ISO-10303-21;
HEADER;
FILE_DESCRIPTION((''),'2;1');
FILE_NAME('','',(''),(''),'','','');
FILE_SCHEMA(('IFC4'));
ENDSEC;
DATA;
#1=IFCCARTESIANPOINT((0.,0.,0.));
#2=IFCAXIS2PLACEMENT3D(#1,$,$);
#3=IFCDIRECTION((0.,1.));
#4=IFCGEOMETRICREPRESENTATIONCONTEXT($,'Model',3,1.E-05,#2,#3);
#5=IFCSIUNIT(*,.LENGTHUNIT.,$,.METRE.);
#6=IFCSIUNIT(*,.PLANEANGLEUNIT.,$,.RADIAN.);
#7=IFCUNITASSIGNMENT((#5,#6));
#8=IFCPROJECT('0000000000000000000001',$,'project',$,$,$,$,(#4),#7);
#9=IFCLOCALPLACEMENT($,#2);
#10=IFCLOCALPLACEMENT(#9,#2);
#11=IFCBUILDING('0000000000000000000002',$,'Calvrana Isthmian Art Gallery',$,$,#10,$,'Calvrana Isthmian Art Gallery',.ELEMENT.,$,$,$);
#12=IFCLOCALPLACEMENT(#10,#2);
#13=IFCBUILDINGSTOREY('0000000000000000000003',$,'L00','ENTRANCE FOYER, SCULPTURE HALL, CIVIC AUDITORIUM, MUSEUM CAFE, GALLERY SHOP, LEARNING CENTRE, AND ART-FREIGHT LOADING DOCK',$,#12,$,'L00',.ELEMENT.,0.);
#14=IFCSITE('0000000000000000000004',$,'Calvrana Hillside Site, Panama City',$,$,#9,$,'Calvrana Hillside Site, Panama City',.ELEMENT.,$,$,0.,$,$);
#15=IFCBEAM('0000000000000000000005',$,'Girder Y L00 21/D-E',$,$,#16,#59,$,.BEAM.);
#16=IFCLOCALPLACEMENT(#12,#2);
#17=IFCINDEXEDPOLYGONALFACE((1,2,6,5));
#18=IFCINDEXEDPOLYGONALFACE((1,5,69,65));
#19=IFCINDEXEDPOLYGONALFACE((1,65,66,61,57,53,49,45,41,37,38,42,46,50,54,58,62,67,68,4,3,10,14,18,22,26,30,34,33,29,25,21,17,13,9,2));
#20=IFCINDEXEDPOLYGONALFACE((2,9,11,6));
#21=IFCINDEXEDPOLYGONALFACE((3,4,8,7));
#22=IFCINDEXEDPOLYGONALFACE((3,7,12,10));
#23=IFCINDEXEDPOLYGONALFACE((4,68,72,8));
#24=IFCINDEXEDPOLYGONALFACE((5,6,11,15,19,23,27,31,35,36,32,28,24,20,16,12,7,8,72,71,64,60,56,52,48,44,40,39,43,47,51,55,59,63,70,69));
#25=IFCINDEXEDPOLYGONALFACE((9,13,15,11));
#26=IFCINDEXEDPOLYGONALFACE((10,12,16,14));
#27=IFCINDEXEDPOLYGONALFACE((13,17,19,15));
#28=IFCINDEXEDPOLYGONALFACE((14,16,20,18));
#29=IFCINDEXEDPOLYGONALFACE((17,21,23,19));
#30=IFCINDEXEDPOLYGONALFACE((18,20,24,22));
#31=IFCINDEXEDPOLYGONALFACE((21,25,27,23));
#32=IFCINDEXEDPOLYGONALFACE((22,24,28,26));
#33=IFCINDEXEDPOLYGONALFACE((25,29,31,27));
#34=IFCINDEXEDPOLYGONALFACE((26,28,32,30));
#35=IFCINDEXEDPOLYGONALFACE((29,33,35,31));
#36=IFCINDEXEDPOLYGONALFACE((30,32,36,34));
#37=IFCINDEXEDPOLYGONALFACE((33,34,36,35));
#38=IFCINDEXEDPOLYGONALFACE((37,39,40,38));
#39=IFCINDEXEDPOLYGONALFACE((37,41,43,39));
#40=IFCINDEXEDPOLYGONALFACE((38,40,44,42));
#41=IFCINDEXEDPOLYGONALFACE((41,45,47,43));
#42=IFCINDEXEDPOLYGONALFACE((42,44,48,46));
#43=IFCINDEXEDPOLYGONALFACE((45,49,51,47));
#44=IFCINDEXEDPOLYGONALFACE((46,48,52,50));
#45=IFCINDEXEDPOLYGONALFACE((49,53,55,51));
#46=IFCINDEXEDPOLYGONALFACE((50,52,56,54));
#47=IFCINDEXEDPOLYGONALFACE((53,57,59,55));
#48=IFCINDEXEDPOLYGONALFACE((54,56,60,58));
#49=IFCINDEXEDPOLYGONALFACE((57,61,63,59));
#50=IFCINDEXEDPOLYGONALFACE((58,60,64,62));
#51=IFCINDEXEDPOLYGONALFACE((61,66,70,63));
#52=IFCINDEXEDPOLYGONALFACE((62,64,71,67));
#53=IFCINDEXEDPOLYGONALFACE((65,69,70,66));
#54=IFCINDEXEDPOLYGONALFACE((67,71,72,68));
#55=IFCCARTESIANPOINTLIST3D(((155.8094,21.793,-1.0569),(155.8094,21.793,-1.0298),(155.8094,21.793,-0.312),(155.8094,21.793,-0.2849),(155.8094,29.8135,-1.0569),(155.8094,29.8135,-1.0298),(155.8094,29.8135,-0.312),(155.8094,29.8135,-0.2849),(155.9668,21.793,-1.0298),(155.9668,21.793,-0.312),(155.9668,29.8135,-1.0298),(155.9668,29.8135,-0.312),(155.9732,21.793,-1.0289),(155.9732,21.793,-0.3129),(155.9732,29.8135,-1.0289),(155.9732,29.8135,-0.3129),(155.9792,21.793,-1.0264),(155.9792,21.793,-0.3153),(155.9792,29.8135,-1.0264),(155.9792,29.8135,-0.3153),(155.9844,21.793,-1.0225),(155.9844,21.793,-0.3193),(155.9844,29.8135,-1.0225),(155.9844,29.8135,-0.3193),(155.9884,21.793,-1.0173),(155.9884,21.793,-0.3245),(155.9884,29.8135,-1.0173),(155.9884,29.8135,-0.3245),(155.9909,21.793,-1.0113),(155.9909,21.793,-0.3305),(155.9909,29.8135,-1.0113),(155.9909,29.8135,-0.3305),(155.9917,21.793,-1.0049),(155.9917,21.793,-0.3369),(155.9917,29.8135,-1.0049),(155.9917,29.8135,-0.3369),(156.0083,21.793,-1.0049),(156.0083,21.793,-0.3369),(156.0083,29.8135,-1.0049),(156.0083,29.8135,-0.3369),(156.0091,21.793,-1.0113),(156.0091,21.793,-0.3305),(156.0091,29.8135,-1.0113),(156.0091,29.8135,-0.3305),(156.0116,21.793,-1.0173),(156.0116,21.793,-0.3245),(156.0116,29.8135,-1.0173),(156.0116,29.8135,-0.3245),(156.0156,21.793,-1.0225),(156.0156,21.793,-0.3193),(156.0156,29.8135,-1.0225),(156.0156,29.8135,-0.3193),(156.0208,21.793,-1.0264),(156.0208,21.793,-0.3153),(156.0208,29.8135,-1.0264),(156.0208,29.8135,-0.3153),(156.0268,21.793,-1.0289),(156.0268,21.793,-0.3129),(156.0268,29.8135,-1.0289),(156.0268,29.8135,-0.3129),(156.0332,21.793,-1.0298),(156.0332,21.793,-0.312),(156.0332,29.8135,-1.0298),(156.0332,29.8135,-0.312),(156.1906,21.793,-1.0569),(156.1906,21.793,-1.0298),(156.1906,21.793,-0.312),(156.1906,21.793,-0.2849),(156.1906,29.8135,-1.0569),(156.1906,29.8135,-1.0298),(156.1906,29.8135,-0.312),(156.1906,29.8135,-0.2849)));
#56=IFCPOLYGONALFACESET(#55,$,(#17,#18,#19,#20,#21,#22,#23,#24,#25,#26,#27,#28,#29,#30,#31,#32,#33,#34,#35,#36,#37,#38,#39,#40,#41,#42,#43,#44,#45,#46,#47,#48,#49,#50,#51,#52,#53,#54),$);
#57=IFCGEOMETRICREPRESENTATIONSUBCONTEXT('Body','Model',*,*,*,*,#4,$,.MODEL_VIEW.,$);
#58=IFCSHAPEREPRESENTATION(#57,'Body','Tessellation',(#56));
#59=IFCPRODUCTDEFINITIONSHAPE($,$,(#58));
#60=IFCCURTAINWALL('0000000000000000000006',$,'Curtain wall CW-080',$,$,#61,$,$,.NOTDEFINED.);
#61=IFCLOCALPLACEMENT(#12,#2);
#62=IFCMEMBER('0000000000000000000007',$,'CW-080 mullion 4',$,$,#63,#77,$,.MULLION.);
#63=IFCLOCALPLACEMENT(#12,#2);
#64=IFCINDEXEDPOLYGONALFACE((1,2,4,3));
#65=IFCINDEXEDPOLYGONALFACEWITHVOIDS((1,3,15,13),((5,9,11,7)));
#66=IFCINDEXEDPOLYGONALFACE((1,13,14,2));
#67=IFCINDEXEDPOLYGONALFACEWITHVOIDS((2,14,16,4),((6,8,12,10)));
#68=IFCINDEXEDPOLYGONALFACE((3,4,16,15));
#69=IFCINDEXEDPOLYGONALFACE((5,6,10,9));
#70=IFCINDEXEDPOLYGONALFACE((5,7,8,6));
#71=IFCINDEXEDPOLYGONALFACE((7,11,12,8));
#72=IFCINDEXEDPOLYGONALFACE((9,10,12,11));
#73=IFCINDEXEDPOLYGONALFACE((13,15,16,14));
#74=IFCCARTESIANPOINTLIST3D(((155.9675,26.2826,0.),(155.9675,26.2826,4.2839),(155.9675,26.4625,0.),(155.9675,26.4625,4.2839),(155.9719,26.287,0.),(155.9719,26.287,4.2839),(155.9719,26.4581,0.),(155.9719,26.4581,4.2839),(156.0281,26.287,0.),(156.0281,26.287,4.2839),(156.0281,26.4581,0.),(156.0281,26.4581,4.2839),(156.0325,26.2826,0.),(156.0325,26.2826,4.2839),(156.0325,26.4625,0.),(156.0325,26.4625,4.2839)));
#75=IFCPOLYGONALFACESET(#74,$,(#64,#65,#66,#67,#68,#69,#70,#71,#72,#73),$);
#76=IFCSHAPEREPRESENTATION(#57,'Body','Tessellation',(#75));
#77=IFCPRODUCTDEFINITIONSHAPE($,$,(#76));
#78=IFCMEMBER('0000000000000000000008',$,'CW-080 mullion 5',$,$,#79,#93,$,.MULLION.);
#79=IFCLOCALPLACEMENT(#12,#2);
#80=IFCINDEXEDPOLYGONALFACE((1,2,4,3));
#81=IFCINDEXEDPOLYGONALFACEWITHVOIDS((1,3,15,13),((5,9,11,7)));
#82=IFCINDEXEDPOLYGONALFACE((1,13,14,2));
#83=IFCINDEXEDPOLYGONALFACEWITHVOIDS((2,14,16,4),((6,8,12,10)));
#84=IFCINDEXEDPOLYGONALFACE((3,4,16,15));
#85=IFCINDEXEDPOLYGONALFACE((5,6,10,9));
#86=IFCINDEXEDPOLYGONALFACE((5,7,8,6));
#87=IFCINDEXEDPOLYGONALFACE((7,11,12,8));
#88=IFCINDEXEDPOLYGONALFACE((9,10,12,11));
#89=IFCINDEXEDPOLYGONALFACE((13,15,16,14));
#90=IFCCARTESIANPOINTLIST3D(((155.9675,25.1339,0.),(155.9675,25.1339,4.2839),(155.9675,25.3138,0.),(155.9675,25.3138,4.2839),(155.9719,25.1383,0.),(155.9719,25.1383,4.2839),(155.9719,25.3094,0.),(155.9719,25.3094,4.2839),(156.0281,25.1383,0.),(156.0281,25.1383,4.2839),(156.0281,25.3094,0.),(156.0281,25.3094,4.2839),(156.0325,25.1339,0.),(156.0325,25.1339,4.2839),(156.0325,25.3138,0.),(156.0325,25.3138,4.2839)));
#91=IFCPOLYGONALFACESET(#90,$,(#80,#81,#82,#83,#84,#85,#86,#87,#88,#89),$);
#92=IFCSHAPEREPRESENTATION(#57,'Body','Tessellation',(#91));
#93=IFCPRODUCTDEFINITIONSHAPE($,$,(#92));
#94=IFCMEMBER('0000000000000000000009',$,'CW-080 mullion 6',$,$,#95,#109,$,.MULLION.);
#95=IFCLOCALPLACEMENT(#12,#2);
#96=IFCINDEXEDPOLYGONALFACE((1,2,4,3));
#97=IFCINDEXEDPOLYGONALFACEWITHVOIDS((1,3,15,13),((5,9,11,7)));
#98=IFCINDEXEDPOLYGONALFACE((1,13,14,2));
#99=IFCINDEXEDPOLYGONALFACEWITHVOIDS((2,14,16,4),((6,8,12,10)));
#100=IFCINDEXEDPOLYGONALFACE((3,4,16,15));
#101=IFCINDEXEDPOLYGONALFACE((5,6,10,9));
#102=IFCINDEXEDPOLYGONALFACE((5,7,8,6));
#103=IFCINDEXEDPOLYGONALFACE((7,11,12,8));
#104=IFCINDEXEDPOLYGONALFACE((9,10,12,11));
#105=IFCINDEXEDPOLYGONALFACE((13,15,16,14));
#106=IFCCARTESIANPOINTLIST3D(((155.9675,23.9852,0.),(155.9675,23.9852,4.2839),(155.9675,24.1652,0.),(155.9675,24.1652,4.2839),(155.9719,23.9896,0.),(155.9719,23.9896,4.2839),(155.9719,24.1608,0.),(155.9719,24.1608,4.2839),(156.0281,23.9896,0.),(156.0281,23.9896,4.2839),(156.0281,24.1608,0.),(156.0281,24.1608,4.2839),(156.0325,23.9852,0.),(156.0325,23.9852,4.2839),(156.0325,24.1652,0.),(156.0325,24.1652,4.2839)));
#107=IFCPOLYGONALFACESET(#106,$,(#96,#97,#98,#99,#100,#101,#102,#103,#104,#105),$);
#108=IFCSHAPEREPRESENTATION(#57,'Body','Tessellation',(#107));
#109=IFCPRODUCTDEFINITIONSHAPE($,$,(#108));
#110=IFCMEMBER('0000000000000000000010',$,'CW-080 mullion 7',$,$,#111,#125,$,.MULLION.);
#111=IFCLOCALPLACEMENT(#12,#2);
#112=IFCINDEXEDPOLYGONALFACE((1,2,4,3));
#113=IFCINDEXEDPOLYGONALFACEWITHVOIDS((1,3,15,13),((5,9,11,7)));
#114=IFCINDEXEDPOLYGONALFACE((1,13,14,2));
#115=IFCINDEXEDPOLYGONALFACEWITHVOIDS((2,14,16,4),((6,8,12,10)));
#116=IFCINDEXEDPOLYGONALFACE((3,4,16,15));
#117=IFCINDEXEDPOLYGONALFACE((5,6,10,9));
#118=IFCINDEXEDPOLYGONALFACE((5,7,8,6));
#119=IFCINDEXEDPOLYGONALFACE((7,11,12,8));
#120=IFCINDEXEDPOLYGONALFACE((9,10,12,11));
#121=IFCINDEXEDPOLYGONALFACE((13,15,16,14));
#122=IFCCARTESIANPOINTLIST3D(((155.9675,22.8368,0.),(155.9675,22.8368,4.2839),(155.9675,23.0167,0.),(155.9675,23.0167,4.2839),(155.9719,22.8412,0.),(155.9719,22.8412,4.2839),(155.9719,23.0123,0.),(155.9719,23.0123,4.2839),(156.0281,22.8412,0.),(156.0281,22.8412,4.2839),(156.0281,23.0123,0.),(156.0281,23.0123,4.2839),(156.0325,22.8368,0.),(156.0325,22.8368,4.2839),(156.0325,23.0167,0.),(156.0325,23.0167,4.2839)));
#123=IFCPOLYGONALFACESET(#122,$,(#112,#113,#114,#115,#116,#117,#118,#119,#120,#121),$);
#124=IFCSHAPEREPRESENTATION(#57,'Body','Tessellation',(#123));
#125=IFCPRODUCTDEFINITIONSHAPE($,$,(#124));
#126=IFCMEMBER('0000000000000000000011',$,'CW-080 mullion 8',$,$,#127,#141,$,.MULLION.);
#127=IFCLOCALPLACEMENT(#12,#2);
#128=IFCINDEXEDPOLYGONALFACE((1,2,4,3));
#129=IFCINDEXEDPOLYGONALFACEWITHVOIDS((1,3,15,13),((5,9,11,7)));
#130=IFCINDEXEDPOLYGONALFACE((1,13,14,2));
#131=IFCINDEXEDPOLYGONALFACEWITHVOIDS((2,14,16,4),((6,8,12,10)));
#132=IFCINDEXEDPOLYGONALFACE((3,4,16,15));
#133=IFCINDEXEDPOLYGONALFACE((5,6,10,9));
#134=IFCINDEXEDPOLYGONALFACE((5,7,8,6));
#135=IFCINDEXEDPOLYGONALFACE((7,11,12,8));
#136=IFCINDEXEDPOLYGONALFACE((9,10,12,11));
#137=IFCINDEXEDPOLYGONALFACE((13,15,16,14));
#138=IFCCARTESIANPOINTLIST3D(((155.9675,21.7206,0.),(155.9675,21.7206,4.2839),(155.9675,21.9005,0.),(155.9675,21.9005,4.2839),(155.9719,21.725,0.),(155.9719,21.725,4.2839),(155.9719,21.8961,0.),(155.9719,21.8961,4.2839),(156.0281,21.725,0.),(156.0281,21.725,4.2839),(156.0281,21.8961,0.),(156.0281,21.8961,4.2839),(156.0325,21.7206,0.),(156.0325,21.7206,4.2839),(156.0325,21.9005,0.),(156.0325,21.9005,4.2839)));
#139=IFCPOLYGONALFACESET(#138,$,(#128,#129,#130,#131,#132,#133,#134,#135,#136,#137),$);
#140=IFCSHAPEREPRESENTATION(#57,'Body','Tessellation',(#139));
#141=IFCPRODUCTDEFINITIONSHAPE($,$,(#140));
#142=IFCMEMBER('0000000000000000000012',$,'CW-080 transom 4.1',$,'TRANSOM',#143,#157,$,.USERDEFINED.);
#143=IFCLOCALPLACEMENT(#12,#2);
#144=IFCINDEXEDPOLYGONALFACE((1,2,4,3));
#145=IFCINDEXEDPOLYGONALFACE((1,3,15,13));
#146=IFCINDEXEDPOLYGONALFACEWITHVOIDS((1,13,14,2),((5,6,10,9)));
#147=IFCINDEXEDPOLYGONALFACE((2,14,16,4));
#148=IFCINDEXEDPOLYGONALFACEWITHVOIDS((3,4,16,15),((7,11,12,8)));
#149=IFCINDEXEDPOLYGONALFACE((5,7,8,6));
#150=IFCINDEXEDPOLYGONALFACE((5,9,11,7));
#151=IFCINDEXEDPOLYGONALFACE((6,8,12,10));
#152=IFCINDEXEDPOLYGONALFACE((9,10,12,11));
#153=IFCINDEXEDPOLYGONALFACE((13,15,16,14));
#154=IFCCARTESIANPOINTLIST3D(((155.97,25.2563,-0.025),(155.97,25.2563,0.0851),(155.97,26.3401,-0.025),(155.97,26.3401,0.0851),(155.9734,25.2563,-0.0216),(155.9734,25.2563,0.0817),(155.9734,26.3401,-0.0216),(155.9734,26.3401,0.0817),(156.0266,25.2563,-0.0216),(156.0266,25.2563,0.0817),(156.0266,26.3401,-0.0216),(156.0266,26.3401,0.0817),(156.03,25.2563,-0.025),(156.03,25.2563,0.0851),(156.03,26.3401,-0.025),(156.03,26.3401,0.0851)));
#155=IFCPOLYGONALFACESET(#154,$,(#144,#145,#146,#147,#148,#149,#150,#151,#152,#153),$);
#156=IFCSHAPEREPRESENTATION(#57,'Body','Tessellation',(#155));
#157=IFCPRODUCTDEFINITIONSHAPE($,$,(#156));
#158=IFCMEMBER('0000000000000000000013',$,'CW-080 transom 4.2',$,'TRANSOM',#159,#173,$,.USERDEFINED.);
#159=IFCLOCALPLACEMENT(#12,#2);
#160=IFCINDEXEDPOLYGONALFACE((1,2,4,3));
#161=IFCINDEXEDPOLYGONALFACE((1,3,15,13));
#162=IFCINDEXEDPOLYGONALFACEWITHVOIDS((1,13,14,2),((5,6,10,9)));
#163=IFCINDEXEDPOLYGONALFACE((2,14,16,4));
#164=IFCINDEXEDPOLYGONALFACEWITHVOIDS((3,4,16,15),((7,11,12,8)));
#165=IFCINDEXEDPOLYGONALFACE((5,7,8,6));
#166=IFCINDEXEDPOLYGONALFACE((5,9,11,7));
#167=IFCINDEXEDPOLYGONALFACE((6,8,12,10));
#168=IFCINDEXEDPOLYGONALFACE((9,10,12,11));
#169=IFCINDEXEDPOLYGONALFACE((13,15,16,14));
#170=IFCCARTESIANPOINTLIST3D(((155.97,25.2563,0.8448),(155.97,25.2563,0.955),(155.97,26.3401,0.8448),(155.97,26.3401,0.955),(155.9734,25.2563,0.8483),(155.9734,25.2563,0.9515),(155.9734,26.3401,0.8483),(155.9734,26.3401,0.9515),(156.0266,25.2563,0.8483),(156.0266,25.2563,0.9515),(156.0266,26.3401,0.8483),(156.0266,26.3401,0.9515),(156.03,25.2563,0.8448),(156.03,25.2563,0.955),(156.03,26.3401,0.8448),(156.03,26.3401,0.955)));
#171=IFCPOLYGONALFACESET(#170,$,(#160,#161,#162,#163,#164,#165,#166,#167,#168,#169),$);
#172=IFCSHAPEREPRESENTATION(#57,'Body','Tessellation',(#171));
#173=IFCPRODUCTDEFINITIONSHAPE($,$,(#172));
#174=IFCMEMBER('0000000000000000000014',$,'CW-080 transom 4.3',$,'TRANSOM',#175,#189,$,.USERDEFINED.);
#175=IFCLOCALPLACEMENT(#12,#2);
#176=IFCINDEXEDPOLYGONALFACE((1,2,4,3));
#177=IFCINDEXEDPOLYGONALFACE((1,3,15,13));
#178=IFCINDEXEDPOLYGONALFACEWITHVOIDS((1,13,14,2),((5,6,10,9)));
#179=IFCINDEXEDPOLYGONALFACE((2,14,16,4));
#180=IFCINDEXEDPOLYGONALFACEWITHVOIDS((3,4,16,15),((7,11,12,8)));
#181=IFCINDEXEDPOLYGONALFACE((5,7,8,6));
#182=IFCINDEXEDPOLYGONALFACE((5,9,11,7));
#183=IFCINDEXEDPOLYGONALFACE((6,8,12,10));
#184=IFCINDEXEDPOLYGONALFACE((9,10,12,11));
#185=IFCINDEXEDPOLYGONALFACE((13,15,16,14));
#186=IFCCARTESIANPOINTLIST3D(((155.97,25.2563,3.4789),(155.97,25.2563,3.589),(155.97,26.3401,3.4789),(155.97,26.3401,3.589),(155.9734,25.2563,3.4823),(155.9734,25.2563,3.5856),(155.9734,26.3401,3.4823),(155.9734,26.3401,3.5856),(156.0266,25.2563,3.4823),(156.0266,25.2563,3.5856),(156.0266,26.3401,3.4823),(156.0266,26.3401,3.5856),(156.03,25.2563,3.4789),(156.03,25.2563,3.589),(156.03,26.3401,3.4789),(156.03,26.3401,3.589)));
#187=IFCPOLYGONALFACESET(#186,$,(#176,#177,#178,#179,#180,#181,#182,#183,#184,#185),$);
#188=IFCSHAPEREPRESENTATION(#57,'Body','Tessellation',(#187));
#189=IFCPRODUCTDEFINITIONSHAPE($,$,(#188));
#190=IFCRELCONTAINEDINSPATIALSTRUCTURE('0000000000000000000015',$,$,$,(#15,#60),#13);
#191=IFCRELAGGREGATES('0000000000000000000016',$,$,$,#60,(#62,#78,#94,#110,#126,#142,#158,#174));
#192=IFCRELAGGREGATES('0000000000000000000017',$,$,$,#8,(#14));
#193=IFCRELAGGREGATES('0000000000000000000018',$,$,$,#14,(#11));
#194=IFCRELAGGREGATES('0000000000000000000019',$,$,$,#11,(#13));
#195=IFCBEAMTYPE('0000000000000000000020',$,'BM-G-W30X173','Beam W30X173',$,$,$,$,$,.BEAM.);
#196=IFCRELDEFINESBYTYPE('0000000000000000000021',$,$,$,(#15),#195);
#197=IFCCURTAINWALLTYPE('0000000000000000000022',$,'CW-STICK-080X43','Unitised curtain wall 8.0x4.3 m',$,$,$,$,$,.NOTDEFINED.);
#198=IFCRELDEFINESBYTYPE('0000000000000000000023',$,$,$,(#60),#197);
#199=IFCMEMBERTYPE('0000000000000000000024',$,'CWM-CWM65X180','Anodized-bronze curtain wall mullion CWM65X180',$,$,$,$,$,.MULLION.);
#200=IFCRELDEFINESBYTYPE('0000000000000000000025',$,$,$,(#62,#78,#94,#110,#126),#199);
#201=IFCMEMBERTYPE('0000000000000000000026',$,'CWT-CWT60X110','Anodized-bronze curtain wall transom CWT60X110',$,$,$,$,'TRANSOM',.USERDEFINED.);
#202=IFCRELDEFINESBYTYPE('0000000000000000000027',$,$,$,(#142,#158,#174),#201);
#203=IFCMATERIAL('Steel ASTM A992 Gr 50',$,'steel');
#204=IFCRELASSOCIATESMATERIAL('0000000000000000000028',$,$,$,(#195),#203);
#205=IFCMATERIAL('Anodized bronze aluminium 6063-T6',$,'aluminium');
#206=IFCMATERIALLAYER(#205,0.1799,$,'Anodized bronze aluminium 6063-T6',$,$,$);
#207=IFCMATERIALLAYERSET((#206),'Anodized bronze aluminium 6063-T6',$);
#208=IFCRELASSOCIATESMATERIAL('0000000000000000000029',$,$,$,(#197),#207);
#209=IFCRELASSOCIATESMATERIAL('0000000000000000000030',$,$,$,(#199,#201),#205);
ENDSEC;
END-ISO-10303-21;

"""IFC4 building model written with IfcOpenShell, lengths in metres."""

from ifc_helpers import new_model, si_unit, direction, frame, origin, origin_2d, place, context, subcontext, project, spatial, hollow_rectangle, i_section, extrude, material, layer, layer_set, material_profile, profile_set, type_object, element, aggregate, save


model = new_model("IFC4")

# Units and contexts
model_context = context("Model", 3, precision=1e-05, world=origin(), true_north=direction((0.0, 1.0)))
body_context = subcontext(model_context, "Body", "Model", "MODEL_VIEW")
ifc_project = project(units=[si_unit("LENGTHUNIT", "METRE"), si_unit("PLANEANGLEUNIT", "RADIAN")], contexts=[model_context])

# Site, building, storey
site_placement = place(None, origin())
site = spatial("IfcSite", under=ifc_project, at=site_placement, Name="Calvrana Hillside Site, Panama City", LongName="Calvrana Hillside Site, Panama City", CompositionType="ELEMENT", RefElevation=0.0)
building_placement = place(site_placement, origin())
building = spatial("IfcBuilding", under=site, at=building_placement, Name="Calvrana Isthmian Art Gallery", LongName="Calvrana Isthmian Art Gallery", CompositionType="ELEMENT")
storey_placement = place(building_placement, origin())
storey = spatial("IfcBuildingStorey", under=building, at=storey_placement, Name="L00", Description="ENTRANCE FOYER, SCULPTURE HALL, CIVIC AUDITORIUM, MUSEUM CAFE, GALLERY SHOP, LEARNING CENTRE, AND ART-FREIGHT LOADING DOCK", LongName="L00", CompositionType="ELEMENT", Elevation=0.0)

# Beam
ifc_material_1 = material(Name="Steel ASTM A992 Gr 50", Category="steel")
ifc_material_profile_1 = material_profile(ifc_material_1, i_section(OverallWidth=0.3811, OverallDepth=0.772, WebThickness=0.0166, FlangeThickness=0.0271, FilletRadius=0.0249, at=origin_2d()), Name="W30X173")
ifc_profile_set_1 = profile_set([ifc_material_profile_1], Name="Steel ASTM A992 Gr 50")
beam_type = type_object("IfcBeamType", Name="BM-G-W30X173", Description="Beam W30X173", PredefinedType="BEAM", material=ifc_profile_set_1)
beam_placement = place(storey_placement, frame((156.0, 21.793, -0.6709), z_axis=(0.0, 1.0, 0.0), x_axis=(-1.0, 0.0, 0.0)))
element("IfcBeam", 1, at=beam_placement, inside=storey, type_object=beam_type, Name="Girder Y L00 21/D-E", PredefinedType="BEAM", context=body_context, shape_type="SweptSolid", body=[
    extrude(i_section(OverallWidth=0.3811, OverallDepth=0.772, WebThickness=0.0166, FlangeThickness=0.0271, FilletRadius=0.0249, at=origin_2d()), origin(), (0.0, 0.0, 1.0), 8.0205),
])

# Curtain wall, members
ifc_material_2 = material(Name="Anodized bronze aluminium 6063-T6", Category="aluminium")
ifc_layer_1 = layer(ifc_material_2, 0.1799, Name="Anodized bronze aluminium 6063-T6")
ifc_layer_set_1 = layer_set([ifc_layer_1], Name="Anodized bronze aluminium 6063-T6")
curtain_wall_type = type_object("IfcCurtainWallType", Name="CW-STICK-080X43", Description="Unitised curtain wall 8.0x4.3 m", PredefinedType="NOTDEFINED", material=ifc_layer_set_1)
curtain_wall_placement = place(storey_placement, origin())
curtain_wall = element("IfcCurtainWall", 2, at=curtain_wall_placement, inside=storey, type_object=curtain_wall_type, Name="Curtain wall CW-080", PredefinedType="NOTDEFINED")
ifc_material_profile_2 = material_profile(ifc_material_2, hollow_rectangle(XDim=0.0649, YDim=0.1799, WallThickness=0.0044, at=origin_2d()), Name="CWM65X180")
ifc_profile_set_2 = profile_set([ifc_material_profile_2], Name="Anodized bronze aluminium 6063-T6")
member_type_1 = type_object("IfcMemberType", Name="CWM-CWM65X180", Description="Anodized-bronze curtain wall mullion CWM65X180", PredefinedType="MULLION", material=ifc_profile_set_2)
member_1_placement = place(storey_placement, frame((156.0, 26.3726, 0.0), z_axis=(0.0, 0.0, 1.0), x_axis=(1.0, 0.0, 0.0)))
member_1 = element("IfcMember", 3, at=member_1_placement, type_object=member_type_1, Name="CW-080 mullion 4", PredefinedType="MULLION", context=body_context, shape_type="SweptSolid", body=[
    extrude(hollow_rectangle(XDim=0.0649, YDim=0.1799, WallThickness=0.0044, at=origin_2d()), origin(), (0.0, 0.0, 1.0), 4.2839),
])
member_2_placement = place(storey_placement, frame((156.0, 25.2239, 0.0), z_axis=(0.0, 0.0, 1.0), x_axis=(1.0, 0.0, 0.0)))
member_2 = element("IfcMember", 4, at=member_2_placement, type_object=member_type_1, Name="CW-080 mullion 5", PredefinedType="MULLION", context=body_context, shape_type="SweptSolid", body=[
    extrude(hollow_rectangle(XDim=0.0649, YDim=0.1799, WallThickness=0.0044, at=origin_2d()), origin(), (0.0, 0.0, 1.0), 4.2839),
])
member_3_placement = place(storey_placement, frame((156.0, 24.0752, 0.0), z_axis=(0.0, 0.0, 1.0), x_axis=(1.0, 0.0, 0.0)))
member_3 = element("IfcMember", 5, at=member_3_placement, type_object=member_type_1, Name="CW-080 mullion 6", PredefinedType="MULLION", context=body_context, shape_type="SweptSolid", body=[
    extrude(hollow_rectangle(XDim=0.0649, YDim=0.1799, WallThickness=0.0044, at=origin_2d()), origin(), (0.0, 0.0, 1.0), 4.2839),
])
member_4_placement = place(storey_placement, frame((156.0, 22.9268, 0.0), z_axis=(0.0, 0.0, 1.0), x_axis=(1.0, 0.0, 0.0)))
member_4 = element("IfcMember", 6, at=member_4_placement, type_object=member_type_1, Name="CW-080 mullion 7", PredefinedType="MULLION", context=body_context, shape_type="SweptSolid", body=[
    extrude(hollow_rectangle(XDim=0.0649, YDim=0.1799, WallThickness=0.0044, at=origin_2d()), origin(), (0.0, 0.0, 1.0), 4.2839),
])
member_5_placement = place(storey_placement, frame((156.0, 21.8105, 0.0), z_axis=(0.0, 0.0, 1.0), x_axis=(1.0, 0.0, 0.0)))
member_5 = element("IfcMember", 7, at=member_5_placement, type_object=member_type_1, Name="CW-080 mullion 8", PredefinedType="MULLION", context=body_context, shape_type="SweptSolid", body=[
    extrude(hollow_rectangle(XDim=0.0649, YDim=0.1799, WallThickness=0.0044, at=origin_2d()), origin(), (0.0, 0.0, 1.0), 4.2839),
])
ifc_material_profile_3 = material_profile(ifc_material_2, hollow_rectangle(XDim=0.0601, YDim=0.1101, WallThickness=0.0034, at=origin_2d()), Name="CWT60X110")
ifc_profile_set_3 = profile_set([ifc_material_profile_3], Name="Anodized bronze aluminium 6063-T6")
member_type_2 = type_object("IfcMemberType", Name="CWT-CWT60X110", Description="Anodized-bronze curtain wall transom CWT60X110", ElementType="TRANSOM", PredefinedType="USERDEFINED", material=ifc_profile_set_3)
member_6_placement = place(storey_placement, frame((156.0, 26.3401, 0.03), z_axis=(0.0, -1.0, 0.0), x_axis=(1.0, 0.0, 0.0)))
member_6 = element("IfcMember", 8, at=member_6_placement, type_object=member_type_2, Name="CW-080 transom 4.1", ObjectType="TRANSOM", PredefinedType="USERDEFINED", context=body_context, shape_type="SweptSolid", body=[
    extrude(hollow_rectangle(XDim=0.0601, YDim=0.1101, WallThickness=0.0034, at=origin_2d()), origin(), (0.0, 0.0, 1.0), 1.0837),
])
member_7_placement = place(storey_placement, frame((156.0, 26.3401, 0.8999), z_axis=(0.0, -1.0, 0.0), x_axis=(1.0, 0.0, 0.0)))
member_7 = element("IfcMember", 9, at=member_7_placement, type_object=member_type_2, Name="CW-080 transom 4.2", ObjectType="TRANSOM", PredefinedType="USERDEFINED", context=body_context, shape_type="SweptSolid", body=[
    extrude(hollow_rectangle(XDim=0.0601, YDim=0.1101, WallThickness=0.0034, at=origin_2d()), origin(), (0.0, 0.0, 1.0), 1.0837),
])
member_8_placement = place(storey_placement, frame((156.0, 26.3401, 3.5339), z_axis=(0.0, -1.0, 0.0), x_axis=(1.0, 0.0, 0.0)))
member_8 = element("IfcMember", 10, at=member_8_placement, type_object=member_type_2, Name="CW-080 transom 4.3", ObjectType="TRANSOM", PredefinedType="USERDEFINED", context=body_context, shape_type="SweptSolid", body=[
    extrude(hollow_rectangle(XDim=0.0601, YDim=0.1101, WallThickness=0.0034, at=origin_2d()), origin(), (0.0, 0.0, 1.0), 1.0837),
])
aggregate(curtain_wall, [member_1, member_2, member_3, member_4, member_5, member_6, member_7, member_8])

save(model, "model.ifc")
